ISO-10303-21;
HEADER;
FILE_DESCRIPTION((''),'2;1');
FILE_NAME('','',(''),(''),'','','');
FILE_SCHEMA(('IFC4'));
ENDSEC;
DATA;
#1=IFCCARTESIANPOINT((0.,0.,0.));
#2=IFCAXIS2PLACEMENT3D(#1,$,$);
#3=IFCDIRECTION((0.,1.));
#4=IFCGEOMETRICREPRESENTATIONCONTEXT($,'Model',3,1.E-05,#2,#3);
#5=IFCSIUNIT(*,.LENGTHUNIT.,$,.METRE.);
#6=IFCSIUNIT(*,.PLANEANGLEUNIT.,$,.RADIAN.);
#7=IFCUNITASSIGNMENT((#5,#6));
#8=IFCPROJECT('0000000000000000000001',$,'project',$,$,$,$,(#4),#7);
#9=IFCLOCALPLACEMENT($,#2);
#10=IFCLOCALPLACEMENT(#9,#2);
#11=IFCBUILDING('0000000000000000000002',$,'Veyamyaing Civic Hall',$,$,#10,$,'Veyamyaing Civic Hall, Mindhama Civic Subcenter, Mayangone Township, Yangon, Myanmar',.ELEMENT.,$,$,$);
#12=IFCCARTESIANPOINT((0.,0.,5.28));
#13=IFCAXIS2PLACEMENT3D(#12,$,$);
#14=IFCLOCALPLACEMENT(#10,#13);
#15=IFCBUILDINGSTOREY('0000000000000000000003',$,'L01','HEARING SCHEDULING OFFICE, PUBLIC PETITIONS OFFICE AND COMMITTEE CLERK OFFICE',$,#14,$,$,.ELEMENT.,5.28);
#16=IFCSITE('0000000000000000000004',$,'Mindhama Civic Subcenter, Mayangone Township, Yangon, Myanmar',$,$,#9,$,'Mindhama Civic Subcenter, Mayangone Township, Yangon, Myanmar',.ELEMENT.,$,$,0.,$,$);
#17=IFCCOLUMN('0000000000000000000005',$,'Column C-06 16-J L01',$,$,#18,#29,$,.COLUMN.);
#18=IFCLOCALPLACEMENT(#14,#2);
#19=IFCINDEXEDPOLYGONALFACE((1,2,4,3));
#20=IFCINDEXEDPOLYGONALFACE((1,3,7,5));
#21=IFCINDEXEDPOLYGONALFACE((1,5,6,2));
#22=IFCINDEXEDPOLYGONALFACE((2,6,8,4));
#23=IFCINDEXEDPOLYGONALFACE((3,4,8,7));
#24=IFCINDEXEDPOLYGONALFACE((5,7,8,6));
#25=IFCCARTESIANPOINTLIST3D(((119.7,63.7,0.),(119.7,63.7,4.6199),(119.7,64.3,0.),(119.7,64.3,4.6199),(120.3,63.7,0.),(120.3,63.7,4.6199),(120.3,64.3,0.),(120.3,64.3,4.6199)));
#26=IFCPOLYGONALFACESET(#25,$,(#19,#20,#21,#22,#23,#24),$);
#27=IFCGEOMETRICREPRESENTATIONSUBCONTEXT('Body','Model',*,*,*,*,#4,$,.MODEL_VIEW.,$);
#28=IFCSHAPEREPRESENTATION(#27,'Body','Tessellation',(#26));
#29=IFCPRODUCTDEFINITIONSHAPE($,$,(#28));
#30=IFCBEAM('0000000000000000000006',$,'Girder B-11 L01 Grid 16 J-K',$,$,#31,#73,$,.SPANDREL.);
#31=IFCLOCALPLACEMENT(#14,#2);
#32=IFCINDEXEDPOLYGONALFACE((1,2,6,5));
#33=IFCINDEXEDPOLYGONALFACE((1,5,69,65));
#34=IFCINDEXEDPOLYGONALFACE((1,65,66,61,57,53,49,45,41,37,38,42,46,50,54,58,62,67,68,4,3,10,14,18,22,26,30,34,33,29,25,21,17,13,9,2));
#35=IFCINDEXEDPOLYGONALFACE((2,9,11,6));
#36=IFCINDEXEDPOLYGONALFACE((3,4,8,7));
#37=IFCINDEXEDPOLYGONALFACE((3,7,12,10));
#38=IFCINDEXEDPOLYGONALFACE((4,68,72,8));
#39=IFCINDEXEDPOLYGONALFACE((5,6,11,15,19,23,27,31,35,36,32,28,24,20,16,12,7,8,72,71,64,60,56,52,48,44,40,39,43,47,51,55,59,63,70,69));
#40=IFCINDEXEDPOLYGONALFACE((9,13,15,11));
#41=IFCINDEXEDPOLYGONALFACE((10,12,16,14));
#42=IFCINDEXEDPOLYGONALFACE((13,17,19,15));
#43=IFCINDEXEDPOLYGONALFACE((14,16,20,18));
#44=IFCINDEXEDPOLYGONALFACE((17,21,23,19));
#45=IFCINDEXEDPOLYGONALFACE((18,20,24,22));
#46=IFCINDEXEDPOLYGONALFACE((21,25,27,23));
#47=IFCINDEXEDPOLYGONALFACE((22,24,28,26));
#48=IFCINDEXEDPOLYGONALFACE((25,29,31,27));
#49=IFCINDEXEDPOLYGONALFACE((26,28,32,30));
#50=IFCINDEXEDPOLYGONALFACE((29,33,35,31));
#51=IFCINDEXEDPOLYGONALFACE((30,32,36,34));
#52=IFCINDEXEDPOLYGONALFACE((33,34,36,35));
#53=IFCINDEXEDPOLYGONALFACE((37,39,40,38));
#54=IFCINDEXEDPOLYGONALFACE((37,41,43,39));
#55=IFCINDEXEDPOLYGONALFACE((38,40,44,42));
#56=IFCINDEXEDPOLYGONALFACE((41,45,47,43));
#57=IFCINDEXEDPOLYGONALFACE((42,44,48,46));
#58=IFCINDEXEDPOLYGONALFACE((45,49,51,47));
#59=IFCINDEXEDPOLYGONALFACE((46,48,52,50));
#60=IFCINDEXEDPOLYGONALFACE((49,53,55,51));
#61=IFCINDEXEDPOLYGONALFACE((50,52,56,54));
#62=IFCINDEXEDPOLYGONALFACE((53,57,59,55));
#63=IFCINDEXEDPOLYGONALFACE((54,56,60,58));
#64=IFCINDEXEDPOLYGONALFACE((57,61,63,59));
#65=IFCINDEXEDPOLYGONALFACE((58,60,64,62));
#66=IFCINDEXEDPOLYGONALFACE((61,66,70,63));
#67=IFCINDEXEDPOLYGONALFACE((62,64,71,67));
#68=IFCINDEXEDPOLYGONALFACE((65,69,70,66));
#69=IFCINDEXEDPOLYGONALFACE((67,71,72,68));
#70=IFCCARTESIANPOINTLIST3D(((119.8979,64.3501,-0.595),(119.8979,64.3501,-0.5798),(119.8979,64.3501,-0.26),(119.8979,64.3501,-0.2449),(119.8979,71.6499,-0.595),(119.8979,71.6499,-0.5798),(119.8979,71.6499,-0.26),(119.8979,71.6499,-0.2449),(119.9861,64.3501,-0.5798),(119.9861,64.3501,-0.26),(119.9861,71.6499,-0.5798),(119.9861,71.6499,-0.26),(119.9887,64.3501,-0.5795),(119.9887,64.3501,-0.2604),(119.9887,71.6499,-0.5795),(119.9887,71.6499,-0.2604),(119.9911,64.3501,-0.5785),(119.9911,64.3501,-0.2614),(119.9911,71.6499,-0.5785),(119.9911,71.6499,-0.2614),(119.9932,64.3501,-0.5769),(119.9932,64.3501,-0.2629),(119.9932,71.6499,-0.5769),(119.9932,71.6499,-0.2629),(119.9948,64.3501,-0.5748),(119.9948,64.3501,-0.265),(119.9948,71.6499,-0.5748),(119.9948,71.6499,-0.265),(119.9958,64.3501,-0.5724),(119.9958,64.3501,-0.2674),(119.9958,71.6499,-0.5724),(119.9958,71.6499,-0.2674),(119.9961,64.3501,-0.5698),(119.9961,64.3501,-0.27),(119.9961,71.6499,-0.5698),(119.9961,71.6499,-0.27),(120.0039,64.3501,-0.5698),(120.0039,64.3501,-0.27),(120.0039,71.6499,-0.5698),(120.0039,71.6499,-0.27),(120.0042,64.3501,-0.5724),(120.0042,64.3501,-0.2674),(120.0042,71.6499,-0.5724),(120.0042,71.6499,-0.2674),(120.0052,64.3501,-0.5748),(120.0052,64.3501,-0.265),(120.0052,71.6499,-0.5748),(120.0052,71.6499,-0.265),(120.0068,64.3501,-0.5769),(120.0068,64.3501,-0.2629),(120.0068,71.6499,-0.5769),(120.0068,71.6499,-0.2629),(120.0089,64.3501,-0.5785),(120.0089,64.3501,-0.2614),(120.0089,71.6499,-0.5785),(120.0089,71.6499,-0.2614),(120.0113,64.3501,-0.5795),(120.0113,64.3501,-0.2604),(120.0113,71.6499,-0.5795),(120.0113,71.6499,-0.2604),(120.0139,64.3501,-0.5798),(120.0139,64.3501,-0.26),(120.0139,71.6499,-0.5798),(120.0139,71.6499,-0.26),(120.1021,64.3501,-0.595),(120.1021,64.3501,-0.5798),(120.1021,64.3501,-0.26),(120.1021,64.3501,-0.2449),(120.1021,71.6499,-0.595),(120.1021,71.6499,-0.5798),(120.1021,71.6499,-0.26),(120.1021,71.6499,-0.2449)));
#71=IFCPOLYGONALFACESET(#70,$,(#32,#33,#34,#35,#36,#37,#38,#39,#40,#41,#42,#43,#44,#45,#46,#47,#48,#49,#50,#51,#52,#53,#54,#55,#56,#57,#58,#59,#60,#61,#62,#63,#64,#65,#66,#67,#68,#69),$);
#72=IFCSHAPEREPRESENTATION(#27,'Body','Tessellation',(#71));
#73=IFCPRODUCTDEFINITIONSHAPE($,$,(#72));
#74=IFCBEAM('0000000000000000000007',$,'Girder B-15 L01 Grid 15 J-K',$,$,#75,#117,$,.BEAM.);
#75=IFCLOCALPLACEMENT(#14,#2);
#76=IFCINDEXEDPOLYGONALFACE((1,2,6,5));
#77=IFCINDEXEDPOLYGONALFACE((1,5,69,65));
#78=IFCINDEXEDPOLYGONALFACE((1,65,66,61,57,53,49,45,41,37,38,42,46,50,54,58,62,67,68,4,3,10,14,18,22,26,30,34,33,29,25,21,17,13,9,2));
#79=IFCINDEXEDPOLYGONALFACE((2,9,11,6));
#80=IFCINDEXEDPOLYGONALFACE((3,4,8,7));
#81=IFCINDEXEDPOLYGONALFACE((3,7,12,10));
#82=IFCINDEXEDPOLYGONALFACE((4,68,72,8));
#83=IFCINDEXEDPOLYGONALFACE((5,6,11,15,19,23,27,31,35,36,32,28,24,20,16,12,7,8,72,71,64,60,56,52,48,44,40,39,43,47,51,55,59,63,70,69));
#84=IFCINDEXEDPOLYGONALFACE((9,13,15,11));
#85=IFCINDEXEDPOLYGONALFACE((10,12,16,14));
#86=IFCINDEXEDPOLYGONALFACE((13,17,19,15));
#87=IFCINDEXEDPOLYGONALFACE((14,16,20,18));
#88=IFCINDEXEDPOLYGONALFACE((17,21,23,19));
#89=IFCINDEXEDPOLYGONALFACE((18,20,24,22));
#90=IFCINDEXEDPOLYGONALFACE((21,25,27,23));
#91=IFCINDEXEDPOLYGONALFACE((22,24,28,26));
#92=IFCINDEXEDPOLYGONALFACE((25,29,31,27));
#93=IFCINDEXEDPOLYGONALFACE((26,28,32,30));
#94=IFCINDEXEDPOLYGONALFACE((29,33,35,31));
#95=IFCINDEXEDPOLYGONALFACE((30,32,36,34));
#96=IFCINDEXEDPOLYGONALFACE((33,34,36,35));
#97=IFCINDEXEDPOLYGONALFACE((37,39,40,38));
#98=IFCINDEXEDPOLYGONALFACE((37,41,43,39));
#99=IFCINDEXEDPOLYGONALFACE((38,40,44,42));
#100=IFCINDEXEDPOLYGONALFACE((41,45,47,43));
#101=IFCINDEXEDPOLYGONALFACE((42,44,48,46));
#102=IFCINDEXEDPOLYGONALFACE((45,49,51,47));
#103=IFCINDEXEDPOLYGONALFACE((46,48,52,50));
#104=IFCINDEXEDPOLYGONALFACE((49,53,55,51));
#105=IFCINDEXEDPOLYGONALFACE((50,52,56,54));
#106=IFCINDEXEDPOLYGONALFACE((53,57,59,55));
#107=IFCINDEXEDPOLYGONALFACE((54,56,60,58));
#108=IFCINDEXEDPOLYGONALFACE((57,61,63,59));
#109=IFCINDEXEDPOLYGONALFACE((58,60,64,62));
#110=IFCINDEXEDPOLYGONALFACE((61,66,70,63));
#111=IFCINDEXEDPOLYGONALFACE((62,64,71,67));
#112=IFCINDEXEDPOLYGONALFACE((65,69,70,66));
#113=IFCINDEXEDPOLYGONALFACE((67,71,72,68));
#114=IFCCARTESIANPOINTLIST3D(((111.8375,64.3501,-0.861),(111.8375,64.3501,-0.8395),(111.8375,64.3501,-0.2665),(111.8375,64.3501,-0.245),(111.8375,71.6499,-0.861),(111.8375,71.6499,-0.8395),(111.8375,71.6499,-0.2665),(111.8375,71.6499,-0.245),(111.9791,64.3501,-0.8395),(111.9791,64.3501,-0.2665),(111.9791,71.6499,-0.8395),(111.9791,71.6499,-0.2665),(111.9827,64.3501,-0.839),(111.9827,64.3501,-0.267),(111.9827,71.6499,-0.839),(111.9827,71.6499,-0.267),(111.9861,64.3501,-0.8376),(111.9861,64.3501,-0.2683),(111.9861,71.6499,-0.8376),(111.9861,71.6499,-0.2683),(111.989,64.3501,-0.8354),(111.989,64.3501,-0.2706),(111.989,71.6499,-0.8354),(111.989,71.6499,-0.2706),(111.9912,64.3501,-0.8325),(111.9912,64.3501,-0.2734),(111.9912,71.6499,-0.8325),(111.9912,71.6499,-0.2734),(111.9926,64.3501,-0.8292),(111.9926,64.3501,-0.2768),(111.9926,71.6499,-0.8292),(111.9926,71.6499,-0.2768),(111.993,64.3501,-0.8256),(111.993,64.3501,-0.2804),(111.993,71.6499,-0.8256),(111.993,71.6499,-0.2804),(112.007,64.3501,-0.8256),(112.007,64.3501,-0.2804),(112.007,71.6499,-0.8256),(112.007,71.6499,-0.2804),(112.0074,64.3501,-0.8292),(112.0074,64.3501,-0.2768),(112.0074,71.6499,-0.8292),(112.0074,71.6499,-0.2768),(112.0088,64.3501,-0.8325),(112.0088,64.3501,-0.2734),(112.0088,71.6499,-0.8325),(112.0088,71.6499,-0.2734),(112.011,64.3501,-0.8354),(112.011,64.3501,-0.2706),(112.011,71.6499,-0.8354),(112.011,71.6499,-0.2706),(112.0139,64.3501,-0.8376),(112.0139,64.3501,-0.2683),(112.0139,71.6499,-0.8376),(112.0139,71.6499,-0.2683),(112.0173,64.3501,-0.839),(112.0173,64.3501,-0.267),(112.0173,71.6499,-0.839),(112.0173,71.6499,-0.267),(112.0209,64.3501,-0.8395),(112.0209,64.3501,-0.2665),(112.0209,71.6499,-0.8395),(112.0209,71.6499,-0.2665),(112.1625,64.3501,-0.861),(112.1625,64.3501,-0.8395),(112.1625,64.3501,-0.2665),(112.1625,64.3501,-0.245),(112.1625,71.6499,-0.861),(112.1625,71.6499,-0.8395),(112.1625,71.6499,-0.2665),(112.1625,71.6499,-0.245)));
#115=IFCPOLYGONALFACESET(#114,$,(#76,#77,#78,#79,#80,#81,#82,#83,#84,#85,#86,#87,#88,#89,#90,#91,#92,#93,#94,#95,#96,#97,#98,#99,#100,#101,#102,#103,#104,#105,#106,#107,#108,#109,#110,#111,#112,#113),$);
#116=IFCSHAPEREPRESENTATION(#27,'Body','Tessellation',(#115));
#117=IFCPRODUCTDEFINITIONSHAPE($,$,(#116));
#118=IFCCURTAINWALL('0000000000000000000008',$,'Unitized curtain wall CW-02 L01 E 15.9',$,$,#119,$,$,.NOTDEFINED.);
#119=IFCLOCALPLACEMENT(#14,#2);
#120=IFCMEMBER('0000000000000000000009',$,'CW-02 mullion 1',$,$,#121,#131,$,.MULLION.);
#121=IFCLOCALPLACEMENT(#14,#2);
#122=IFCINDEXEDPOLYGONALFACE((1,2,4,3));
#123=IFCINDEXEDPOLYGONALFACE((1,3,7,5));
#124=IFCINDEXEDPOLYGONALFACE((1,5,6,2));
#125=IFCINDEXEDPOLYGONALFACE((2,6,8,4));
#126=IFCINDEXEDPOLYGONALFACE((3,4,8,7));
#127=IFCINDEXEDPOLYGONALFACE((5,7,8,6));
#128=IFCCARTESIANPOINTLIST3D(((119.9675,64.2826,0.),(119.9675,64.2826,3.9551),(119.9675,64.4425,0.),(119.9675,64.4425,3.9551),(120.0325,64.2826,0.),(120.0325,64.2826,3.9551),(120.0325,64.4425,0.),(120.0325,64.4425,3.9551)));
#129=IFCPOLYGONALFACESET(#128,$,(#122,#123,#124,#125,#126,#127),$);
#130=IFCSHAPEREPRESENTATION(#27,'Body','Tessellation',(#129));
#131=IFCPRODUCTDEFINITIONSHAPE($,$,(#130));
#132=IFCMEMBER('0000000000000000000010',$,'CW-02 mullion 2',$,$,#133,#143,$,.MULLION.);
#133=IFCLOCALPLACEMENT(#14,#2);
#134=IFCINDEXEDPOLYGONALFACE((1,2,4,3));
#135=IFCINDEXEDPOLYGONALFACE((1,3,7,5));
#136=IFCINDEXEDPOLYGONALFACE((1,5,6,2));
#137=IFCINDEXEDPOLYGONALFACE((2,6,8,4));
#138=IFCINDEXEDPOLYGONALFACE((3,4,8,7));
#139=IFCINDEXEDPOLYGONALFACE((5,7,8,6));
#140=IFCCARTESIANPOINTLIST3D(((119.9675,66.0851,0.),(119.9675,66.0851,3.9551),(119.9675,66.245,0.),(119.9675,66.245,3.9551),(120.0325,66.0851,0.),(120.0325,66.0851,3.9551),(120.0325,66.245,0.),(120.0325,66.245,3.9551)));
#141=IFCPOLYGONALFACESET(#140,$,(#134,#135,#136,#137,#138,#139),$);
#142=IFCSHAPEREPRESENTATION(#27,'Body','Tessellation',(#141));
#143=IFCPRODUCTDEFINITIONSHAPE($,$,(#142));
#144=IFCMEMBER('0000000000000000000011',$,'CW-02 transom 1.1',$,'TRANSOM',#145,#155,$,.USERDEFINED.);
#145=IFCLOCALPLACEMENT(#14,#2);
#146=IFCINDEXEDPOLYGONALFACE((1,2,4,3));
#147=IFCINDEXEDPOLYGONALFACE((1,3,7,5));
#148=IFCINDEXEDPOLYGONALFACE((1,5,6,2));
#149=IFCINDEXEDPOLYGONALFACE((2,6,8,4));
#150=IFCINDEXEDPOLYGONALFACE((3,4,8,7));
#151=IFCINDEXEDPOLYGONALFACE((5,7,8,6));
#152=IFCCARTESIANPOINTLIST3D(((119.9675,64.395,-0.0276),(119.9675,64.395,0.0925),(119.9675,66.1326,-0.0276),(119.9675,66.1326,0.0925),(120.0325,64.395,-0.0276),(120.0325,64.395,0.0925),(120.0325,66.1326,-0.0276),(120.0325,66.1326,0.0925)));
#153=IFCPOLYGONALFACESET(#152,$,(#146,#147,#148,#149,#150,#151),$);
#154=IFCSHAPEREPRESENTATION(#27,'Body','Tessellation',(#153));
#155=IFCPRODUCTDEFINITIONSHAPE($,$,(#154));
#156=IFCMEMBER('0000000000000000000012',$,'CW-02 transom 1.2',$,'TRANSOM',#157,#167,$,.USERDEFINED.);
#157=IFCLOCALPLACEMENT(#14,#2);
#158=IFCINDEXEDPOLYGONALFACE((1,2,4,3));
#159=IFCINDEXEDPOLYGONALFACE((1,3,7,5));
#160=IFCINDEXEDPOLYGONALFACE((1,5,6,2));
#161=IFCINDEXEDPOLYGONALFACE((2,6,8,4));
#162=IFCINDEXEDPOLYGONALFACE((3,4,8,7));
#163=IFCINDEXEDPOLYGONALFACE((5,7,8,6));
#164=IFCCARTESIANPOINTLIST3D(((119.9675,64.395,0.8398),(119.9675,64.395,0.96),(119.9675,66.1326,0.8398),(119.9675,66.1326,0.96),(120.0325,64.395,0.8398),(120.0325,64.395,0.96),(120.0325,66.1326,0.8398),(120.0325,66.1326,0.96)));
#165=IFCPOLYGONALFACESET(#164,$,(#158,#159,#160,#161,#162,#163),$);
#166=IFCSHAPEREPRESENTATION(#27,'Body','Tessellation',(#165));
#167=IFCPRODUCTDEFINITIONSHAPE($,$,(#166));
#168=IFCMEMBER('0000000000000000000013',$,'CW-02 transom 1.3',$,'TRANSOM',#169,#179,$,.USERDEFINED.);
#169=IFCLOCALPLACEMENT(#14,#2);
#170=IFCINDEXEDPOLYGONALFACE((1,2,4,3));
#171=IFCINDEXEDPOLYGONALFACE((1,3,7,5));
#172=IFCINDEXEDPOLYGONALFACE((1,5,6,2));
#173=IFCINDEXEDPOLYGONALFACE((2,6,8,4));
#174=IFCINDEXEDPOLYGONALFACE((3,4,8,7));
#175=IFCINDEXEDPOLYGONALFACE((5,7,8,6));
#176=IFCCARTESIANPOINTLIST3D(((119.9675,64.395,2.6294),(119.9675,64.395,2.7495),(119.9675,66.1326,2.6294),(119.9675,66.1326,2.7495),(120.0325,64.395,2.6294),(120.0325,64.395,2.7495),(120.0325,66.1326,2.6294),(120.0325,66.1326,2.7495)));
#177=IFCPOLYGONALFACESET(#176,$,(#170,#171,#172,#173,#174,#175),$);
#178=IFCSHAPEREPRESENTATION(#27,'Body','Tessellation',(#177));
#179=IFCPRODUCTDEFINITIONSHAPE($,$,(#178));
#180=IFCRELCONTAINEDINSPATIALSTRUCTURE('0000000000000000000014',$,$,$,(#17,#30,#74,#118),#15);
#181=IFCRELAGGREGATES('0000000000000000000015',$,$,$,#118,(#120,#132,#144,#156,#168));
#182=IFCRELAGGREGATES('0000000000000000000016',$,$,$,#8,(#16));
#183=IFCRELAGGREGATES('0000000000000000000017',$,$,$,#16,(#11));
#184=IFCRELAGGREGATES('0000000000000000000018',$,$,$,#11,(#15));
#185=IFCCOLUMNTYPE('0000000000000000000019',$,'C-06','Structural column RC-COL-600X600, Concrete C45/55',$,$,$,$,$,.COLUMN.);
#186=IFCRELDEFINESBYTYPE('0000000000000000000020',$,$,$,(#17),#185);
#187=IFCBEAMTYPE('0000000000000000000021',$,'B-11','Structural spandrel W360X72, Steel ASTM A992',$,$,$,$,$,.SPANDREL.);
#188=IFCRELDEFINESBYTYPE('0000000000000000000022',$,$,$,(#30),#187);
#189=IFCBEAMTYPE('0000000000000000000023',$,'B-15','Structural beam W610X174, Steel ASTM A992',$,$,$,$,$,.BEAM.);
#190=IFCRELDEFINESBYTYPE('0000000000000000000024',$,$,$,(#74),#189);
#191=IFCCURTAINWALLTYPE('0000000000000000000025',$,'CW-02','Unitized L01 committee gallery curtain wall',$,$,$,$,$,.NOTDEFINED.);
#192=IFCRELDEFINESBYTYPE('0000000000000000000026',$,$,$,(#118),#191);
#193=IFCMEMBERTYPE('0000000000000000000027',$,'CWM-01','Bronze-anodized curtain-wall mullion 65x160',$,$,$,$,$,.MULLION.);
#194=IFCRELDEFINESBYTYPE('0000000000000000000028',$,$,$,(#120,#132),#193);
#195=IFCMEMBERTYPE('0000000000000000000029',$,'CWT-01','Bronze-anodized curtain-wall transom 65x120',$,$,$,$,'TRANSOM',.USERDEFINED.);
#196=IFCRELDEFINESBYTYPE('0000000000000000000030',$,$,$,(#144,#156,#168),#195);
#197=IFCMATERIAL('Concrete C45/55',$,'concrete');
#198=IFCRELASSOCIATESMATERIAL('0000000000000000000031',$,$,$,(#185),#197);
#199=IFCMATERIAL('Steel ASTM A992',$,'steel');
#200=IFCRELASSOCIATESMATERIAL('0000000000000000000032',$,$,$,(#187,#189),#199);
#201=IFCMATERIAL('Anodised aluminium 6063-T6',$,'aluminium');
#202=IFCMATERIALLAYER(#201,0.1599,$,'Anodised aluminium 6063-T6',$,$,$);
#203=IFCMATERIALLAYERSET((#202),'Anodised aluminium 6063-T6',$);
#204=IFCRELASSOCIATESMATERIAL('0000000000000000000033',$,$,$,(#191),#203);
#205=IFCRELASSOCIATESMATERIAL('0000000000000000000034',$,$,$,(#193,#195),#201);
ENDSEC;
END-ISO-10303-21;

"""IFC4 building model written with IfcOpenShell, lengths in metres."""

from ifc_helpers import new_model, si_unit, direction, frame, origin, origin_2d, place, context, subcontext, project, spatial, rectangle, i_section, extrude, material, layer, layer_set, material_profile, profile_set, type_object, element, aggregate, save


model = new_model("IFC4")

# Units and contexts
model_context = context("Model", 3, precision=1e-05, world=origin(), true_north=direction((0.0, 1.0)))
body_context = subcontext(model_context, "Body", "Model", "MODEL_VIEW")
ifc_project = project(units=[si_unit("LENGTHUNIT", "METRE"), si_unit("PLANEANGLEUNIT", "RADIAN")], contexts=[model_context])

# Site, building, storey
site_placement = place(None, origin())
site = spatial("IfcSite", under=ifc_project, at=site_placement, Name="Mindhama Civic Subcenter, Mayangone Township, Yangon, Myanmar", LongName="Mindhama Civic Subcenter, Mayangone Township, Yangon, Myanmar", CompositionType="ELEMENT", RefElevation=0.0)
building_placement = place(site_placement, origin())
building = spatial("IfcBuilding", under=site, at=building_placement, Name="Veyamyaing Civic Hall", LongName="Veyamyaing Civic Hall, Mindhama Civic Subcenter, Mayangone Township, Yangon, Myanmar", CompositionType="ELEMENT")
storey_placement = place(building_placement, frame((0.0, 0.0, 5.28)))
storey = spatial("IfcBuildingStorey", under=building, at=storey_placement, Name="L01", Description="HEARING SCHEDULING OFFICE, PUBLIC PETITIONS OFFICE AND COMMITTEE CLERK OFFICE", CompositionType="ELEMENT", Elevation=5.28)

# Column
ifc_material_1 = material(Name="Concrete C45/55", Category="concrete")
ifc_material_profile_1 = material_profile(ifc_material_1, rectangle(XDim=0.6001, YDim=0.6001, at=origin_2d()), Name="RC-COL-600X600")
ifc_profile_set_1 = profile_set([ifc_material_profile_1], Name="Concrete C45/55")
column_type = type_object("IfcColumnType", Name="C-06", Description="Structural column RC-COL-600X600, Concrete C45/55", PredefinedType="COLUMN", material=ifc_profile_set_1)
column_placement = place(storey_placement, frame((120.0, 64.0, 0.0), z_axis=(0.0, 0.0, 1.0), x_axis=(1.0, 0.0, 0.0)))
element("IfcColumn", 1, at=column_placement, inside=storey, type_object=column_type, Name="Column C-06 16-J L01", PredefinedType="COLUMN", context=body_context, shape_type="SweptSolid", body=[
    extrude(rectangle(XDim=0.6001, YDim=0.6001, at=origin_2d()), origin(), (0.0, 0.0, 1.0), 4.6199),
])

# Beams
ifc_material_2 = material(Name="Steel ASTM A992", Category="steel")
ifc_material_profile_2 = material_profile(ifc_material_2, i_section(OverallWidth=0.2041, OverallDepth=0.3501, WebThickness=0.0078, FlangeThickness=0.0151, FilletRadius=0.01, at=origin_2d()), Name="W360X72")
ifc_profile_set_2 = profile_set([ifc_material_profile_2], Name="Steel ASTM A992")
beam_type_1 = type_object("IfcBeamType", Name="B-11", Description="Structural spandrel W360X72, Steel ASTM A992", PredefinedType="SPANDREL", material=ifc_profile_set_2)
beam_1_placement = place(storey_placement, frame((120.0, 64.3501, -0.4199), z_axis=(0.0, 1.0, 0.0), x_axis=(-1.0, 0.0, 0.0)))
element("IfcBeam", 2, at=beam_1_placement, inside=storey, type_object=beam_type_1, Name="Girder B-11 L01 Grid 16 J-K", PredefinedType="SPANDREL", context=body_context, shape_type="SweptSolid", body=[
    extrude(i_section(OverallWidth=0.2041, OverallDepth=0.3501, WebThickness=0.0078, FlangeThickness=0.0151, FilletRadius=0.01, at=origin_2d()), origin(), (0.0, 0.0, 1.0), 7.2998),
])
ifc_material_profile_3 = material_profile(ifc_material_2, i_section(OverallWidth=0.325, OverallDepth=0.616, WebThickness=0.0139, FlangeThickness=0.0215, FilletRadius=0.0139, at=origin_2d()), Name="W610X174")
ifc_profile_set_3 = profile_set([ifc_material_profile_3], Name="Steel ASTM A992")
beam_type_2 = type_object("IfcBeamType", Name="B-15", Description="Structural beam W610X174, Steel ASTM A992", PredefinedType="BEAM", material=ifc_profile_set_3)
beam_2_placement = place(storey_placement, frame((112.0, 64.3501, -0.553), z_axis=(0.0, 1.0, 0.0), x_axis=(-1.0, 0.0, 0.0)))
element("IfcBeam", 3, at=beam_2_placement, inside=storey, type_object=beam_type_2, Name="Girder B-15 L01 Grid 15 J-K", PredefinedType="BEAM", context=body_context, shape_type="SweptSolid", body=[
    extrude(i_section(OverallWidth=0.325, OverallDepth=0.616, WebThickness=0.0139, FlangeThickness=0.0215, FilletRadius=0.0139, at=origin_2d()), origin(), (0.0, 0.0, 1.0), 7.2998),
])

# Curtain wall, members
ifc_material_3 = material(Name="Anodised aluminium 6063-T6", Category="aluminium")
ifc_layer_1 = layer(ifc_material_3, 0.1599, Name="Anodised aluminium 6063-T6")
ifc_layer_set_1 = layer_set([ifc_layer_1], Name="Anodised aluminium 6063-T6")
curtain_wall_type = type_object("IfcCurtainWallType", Name="CW-02", Description="Unitized L01 committee gallery curtain wall", PredefinedType="NOTDEFINED", material=ifc_layer_set_1)
curtain_wall_placement = place(storey_placement, origin())
curtain_wall = element("IfcCurtainWall", 4, at=curtain_wall_placement, inside=storey, type_object=curtain_wall_type, Name="Unitized curtain wall CW-02 L01 E 15.9", PredefinedType="NOTDEFINED")
ifc_material_profile_4 = material_profile(ifc_material_3, rectangle(XDim=0.0649, YDim=0.1599, at=origin_2d()), Name="ALU-MUL-65X160")
ifc_profile_set_4 = profile_set([ifc_material_profile_4], Name="Anodised aluminium 6063-T6")
member_type_1 = type_object("IfcMemberType", Name="CWM-01", Description="Bronze-anodized curtain-wall mullion 65x160", PredefinedType="MULLION", material=ifc_profile_set_4)
member_1_placement = place(storey_placement, frame((120.0, 64.3625, 0.0), z_axis=(0.0, 0.0, 1.0), x_axis=(-1.0, 0.0, 0.0)))
member_1 = element("IfcMember", 5, at=member_1_placement, type_object=member_type_1, Name="CW-02 mullion 1", PredefinedType="MULLION", context=body_context, shape_type="SweptSolid", body=[
    extrude(rectangle(XDim=0.0649, YDim=0.1599, at=origin_2d()), origin(), (0.0, 0.0, 1.0), 3.9551),
])
member_2_placement = place(storey_placement, frame((120.0, 66.165, 0.0), z_axis=(0.0, 0.0, 1.0), x_axis=(-1.0, 0.0, 0.0)))
member_2 = element("IfcMember", 6, at=member_2_placement, type_object=member_type_1, Name="CW-02 mullion 2", PredefinedType="MULLION", context=body_context, shape_type="SweptSolid", body=[
    extrude(rectangle(XDim=0.0649, YDim=0.1599, at=origin_2d()), origin(), (0.0, 0.0, 1.0), 3.9551),
])
ifc_material_profile_5 = material_profile(ifc_material_3, rectangle(XDim=0.0649, YDim=0.1201, at=origin_2d()), Name="ALU-TRN-65X120")
ifc_profile_set_5 = profile_set([ifc_material_profile_5], Name="Anodised aluminium 6063-T6")
member_type_2 = type_object("IfcMemberType", Name="CWT-01", Description="Bronze-anodized curtain-wall transom 65x120", ElementType="TRANSOM", PredefinedType="USERDEFINED", material=ifc_profile_set_5)
member_3_placement = place(storey_placement, frame((120.0, 64.395, 0.0325), z_axis=(0.0, 1.0, 0.0), x_axis=(-1.0, 0.0, 0.0)))
member_3 = element("IfcMember", 7, at=member_3_placement, type_object=member_type_2, Name="CW-02 transom 1.1", ObjectType="TRANSOM", PredefinedType="USERDEFINED", context=body_context, shape_type="SweptSolid", body=[
    extrude(rectangle(XDim=0.0649, YDim=0.1201, at=origin_2d()), origin(), (0.0, 0.0, 1.0), 1.7375),
])
member_4_placement = place(storey_placement, frame((120.0, 64.395, 0.8999), z_axis=(0.0, 1.0, 0.0), x_axis=(-1.0, 0.0, 0.0)))
member_4 = element("IfcMember", 8, at=member_4_placement, type_object=member_type_2, Name="CW-02 transom 1.2", ObjectType="TRANSOM", PredefinedType="USERDEFINED", context=body_context, shape_type="SweptSolid", body=[
    extrude(rectangle(XDim=0.0649, YDim=0.1201, at=origin_2d()), origin(), (0.0, 0.0, 1.0), 1.7375),
])
member_5_placement = place(storey_placement, frame((120.0, 64.395, 2.6895), z_axis=(0.0, 1.0, 0.0), x_axis=(-1.0, 0.0, 0.0)))
member_5 = element("IfcMember", 9, at=member_5_placement, type_object=member_type_2, Name="CW-02 transom 1.3", ObjectType="TRANSOM", PredefinedType="USERDEFINED", context=body_context, shape_type="SweptSolid", body=[
    extrude(rectangle(XDim=0.0649, YDim=0.1201, at=origin_2d()), origin(), (0.0, 0.0, 1.0), 1.7375),
])

aggregate(curtain_wall, [member_1, member_2, member_3, member_4, member_5])

save(model, "model.ifc")
